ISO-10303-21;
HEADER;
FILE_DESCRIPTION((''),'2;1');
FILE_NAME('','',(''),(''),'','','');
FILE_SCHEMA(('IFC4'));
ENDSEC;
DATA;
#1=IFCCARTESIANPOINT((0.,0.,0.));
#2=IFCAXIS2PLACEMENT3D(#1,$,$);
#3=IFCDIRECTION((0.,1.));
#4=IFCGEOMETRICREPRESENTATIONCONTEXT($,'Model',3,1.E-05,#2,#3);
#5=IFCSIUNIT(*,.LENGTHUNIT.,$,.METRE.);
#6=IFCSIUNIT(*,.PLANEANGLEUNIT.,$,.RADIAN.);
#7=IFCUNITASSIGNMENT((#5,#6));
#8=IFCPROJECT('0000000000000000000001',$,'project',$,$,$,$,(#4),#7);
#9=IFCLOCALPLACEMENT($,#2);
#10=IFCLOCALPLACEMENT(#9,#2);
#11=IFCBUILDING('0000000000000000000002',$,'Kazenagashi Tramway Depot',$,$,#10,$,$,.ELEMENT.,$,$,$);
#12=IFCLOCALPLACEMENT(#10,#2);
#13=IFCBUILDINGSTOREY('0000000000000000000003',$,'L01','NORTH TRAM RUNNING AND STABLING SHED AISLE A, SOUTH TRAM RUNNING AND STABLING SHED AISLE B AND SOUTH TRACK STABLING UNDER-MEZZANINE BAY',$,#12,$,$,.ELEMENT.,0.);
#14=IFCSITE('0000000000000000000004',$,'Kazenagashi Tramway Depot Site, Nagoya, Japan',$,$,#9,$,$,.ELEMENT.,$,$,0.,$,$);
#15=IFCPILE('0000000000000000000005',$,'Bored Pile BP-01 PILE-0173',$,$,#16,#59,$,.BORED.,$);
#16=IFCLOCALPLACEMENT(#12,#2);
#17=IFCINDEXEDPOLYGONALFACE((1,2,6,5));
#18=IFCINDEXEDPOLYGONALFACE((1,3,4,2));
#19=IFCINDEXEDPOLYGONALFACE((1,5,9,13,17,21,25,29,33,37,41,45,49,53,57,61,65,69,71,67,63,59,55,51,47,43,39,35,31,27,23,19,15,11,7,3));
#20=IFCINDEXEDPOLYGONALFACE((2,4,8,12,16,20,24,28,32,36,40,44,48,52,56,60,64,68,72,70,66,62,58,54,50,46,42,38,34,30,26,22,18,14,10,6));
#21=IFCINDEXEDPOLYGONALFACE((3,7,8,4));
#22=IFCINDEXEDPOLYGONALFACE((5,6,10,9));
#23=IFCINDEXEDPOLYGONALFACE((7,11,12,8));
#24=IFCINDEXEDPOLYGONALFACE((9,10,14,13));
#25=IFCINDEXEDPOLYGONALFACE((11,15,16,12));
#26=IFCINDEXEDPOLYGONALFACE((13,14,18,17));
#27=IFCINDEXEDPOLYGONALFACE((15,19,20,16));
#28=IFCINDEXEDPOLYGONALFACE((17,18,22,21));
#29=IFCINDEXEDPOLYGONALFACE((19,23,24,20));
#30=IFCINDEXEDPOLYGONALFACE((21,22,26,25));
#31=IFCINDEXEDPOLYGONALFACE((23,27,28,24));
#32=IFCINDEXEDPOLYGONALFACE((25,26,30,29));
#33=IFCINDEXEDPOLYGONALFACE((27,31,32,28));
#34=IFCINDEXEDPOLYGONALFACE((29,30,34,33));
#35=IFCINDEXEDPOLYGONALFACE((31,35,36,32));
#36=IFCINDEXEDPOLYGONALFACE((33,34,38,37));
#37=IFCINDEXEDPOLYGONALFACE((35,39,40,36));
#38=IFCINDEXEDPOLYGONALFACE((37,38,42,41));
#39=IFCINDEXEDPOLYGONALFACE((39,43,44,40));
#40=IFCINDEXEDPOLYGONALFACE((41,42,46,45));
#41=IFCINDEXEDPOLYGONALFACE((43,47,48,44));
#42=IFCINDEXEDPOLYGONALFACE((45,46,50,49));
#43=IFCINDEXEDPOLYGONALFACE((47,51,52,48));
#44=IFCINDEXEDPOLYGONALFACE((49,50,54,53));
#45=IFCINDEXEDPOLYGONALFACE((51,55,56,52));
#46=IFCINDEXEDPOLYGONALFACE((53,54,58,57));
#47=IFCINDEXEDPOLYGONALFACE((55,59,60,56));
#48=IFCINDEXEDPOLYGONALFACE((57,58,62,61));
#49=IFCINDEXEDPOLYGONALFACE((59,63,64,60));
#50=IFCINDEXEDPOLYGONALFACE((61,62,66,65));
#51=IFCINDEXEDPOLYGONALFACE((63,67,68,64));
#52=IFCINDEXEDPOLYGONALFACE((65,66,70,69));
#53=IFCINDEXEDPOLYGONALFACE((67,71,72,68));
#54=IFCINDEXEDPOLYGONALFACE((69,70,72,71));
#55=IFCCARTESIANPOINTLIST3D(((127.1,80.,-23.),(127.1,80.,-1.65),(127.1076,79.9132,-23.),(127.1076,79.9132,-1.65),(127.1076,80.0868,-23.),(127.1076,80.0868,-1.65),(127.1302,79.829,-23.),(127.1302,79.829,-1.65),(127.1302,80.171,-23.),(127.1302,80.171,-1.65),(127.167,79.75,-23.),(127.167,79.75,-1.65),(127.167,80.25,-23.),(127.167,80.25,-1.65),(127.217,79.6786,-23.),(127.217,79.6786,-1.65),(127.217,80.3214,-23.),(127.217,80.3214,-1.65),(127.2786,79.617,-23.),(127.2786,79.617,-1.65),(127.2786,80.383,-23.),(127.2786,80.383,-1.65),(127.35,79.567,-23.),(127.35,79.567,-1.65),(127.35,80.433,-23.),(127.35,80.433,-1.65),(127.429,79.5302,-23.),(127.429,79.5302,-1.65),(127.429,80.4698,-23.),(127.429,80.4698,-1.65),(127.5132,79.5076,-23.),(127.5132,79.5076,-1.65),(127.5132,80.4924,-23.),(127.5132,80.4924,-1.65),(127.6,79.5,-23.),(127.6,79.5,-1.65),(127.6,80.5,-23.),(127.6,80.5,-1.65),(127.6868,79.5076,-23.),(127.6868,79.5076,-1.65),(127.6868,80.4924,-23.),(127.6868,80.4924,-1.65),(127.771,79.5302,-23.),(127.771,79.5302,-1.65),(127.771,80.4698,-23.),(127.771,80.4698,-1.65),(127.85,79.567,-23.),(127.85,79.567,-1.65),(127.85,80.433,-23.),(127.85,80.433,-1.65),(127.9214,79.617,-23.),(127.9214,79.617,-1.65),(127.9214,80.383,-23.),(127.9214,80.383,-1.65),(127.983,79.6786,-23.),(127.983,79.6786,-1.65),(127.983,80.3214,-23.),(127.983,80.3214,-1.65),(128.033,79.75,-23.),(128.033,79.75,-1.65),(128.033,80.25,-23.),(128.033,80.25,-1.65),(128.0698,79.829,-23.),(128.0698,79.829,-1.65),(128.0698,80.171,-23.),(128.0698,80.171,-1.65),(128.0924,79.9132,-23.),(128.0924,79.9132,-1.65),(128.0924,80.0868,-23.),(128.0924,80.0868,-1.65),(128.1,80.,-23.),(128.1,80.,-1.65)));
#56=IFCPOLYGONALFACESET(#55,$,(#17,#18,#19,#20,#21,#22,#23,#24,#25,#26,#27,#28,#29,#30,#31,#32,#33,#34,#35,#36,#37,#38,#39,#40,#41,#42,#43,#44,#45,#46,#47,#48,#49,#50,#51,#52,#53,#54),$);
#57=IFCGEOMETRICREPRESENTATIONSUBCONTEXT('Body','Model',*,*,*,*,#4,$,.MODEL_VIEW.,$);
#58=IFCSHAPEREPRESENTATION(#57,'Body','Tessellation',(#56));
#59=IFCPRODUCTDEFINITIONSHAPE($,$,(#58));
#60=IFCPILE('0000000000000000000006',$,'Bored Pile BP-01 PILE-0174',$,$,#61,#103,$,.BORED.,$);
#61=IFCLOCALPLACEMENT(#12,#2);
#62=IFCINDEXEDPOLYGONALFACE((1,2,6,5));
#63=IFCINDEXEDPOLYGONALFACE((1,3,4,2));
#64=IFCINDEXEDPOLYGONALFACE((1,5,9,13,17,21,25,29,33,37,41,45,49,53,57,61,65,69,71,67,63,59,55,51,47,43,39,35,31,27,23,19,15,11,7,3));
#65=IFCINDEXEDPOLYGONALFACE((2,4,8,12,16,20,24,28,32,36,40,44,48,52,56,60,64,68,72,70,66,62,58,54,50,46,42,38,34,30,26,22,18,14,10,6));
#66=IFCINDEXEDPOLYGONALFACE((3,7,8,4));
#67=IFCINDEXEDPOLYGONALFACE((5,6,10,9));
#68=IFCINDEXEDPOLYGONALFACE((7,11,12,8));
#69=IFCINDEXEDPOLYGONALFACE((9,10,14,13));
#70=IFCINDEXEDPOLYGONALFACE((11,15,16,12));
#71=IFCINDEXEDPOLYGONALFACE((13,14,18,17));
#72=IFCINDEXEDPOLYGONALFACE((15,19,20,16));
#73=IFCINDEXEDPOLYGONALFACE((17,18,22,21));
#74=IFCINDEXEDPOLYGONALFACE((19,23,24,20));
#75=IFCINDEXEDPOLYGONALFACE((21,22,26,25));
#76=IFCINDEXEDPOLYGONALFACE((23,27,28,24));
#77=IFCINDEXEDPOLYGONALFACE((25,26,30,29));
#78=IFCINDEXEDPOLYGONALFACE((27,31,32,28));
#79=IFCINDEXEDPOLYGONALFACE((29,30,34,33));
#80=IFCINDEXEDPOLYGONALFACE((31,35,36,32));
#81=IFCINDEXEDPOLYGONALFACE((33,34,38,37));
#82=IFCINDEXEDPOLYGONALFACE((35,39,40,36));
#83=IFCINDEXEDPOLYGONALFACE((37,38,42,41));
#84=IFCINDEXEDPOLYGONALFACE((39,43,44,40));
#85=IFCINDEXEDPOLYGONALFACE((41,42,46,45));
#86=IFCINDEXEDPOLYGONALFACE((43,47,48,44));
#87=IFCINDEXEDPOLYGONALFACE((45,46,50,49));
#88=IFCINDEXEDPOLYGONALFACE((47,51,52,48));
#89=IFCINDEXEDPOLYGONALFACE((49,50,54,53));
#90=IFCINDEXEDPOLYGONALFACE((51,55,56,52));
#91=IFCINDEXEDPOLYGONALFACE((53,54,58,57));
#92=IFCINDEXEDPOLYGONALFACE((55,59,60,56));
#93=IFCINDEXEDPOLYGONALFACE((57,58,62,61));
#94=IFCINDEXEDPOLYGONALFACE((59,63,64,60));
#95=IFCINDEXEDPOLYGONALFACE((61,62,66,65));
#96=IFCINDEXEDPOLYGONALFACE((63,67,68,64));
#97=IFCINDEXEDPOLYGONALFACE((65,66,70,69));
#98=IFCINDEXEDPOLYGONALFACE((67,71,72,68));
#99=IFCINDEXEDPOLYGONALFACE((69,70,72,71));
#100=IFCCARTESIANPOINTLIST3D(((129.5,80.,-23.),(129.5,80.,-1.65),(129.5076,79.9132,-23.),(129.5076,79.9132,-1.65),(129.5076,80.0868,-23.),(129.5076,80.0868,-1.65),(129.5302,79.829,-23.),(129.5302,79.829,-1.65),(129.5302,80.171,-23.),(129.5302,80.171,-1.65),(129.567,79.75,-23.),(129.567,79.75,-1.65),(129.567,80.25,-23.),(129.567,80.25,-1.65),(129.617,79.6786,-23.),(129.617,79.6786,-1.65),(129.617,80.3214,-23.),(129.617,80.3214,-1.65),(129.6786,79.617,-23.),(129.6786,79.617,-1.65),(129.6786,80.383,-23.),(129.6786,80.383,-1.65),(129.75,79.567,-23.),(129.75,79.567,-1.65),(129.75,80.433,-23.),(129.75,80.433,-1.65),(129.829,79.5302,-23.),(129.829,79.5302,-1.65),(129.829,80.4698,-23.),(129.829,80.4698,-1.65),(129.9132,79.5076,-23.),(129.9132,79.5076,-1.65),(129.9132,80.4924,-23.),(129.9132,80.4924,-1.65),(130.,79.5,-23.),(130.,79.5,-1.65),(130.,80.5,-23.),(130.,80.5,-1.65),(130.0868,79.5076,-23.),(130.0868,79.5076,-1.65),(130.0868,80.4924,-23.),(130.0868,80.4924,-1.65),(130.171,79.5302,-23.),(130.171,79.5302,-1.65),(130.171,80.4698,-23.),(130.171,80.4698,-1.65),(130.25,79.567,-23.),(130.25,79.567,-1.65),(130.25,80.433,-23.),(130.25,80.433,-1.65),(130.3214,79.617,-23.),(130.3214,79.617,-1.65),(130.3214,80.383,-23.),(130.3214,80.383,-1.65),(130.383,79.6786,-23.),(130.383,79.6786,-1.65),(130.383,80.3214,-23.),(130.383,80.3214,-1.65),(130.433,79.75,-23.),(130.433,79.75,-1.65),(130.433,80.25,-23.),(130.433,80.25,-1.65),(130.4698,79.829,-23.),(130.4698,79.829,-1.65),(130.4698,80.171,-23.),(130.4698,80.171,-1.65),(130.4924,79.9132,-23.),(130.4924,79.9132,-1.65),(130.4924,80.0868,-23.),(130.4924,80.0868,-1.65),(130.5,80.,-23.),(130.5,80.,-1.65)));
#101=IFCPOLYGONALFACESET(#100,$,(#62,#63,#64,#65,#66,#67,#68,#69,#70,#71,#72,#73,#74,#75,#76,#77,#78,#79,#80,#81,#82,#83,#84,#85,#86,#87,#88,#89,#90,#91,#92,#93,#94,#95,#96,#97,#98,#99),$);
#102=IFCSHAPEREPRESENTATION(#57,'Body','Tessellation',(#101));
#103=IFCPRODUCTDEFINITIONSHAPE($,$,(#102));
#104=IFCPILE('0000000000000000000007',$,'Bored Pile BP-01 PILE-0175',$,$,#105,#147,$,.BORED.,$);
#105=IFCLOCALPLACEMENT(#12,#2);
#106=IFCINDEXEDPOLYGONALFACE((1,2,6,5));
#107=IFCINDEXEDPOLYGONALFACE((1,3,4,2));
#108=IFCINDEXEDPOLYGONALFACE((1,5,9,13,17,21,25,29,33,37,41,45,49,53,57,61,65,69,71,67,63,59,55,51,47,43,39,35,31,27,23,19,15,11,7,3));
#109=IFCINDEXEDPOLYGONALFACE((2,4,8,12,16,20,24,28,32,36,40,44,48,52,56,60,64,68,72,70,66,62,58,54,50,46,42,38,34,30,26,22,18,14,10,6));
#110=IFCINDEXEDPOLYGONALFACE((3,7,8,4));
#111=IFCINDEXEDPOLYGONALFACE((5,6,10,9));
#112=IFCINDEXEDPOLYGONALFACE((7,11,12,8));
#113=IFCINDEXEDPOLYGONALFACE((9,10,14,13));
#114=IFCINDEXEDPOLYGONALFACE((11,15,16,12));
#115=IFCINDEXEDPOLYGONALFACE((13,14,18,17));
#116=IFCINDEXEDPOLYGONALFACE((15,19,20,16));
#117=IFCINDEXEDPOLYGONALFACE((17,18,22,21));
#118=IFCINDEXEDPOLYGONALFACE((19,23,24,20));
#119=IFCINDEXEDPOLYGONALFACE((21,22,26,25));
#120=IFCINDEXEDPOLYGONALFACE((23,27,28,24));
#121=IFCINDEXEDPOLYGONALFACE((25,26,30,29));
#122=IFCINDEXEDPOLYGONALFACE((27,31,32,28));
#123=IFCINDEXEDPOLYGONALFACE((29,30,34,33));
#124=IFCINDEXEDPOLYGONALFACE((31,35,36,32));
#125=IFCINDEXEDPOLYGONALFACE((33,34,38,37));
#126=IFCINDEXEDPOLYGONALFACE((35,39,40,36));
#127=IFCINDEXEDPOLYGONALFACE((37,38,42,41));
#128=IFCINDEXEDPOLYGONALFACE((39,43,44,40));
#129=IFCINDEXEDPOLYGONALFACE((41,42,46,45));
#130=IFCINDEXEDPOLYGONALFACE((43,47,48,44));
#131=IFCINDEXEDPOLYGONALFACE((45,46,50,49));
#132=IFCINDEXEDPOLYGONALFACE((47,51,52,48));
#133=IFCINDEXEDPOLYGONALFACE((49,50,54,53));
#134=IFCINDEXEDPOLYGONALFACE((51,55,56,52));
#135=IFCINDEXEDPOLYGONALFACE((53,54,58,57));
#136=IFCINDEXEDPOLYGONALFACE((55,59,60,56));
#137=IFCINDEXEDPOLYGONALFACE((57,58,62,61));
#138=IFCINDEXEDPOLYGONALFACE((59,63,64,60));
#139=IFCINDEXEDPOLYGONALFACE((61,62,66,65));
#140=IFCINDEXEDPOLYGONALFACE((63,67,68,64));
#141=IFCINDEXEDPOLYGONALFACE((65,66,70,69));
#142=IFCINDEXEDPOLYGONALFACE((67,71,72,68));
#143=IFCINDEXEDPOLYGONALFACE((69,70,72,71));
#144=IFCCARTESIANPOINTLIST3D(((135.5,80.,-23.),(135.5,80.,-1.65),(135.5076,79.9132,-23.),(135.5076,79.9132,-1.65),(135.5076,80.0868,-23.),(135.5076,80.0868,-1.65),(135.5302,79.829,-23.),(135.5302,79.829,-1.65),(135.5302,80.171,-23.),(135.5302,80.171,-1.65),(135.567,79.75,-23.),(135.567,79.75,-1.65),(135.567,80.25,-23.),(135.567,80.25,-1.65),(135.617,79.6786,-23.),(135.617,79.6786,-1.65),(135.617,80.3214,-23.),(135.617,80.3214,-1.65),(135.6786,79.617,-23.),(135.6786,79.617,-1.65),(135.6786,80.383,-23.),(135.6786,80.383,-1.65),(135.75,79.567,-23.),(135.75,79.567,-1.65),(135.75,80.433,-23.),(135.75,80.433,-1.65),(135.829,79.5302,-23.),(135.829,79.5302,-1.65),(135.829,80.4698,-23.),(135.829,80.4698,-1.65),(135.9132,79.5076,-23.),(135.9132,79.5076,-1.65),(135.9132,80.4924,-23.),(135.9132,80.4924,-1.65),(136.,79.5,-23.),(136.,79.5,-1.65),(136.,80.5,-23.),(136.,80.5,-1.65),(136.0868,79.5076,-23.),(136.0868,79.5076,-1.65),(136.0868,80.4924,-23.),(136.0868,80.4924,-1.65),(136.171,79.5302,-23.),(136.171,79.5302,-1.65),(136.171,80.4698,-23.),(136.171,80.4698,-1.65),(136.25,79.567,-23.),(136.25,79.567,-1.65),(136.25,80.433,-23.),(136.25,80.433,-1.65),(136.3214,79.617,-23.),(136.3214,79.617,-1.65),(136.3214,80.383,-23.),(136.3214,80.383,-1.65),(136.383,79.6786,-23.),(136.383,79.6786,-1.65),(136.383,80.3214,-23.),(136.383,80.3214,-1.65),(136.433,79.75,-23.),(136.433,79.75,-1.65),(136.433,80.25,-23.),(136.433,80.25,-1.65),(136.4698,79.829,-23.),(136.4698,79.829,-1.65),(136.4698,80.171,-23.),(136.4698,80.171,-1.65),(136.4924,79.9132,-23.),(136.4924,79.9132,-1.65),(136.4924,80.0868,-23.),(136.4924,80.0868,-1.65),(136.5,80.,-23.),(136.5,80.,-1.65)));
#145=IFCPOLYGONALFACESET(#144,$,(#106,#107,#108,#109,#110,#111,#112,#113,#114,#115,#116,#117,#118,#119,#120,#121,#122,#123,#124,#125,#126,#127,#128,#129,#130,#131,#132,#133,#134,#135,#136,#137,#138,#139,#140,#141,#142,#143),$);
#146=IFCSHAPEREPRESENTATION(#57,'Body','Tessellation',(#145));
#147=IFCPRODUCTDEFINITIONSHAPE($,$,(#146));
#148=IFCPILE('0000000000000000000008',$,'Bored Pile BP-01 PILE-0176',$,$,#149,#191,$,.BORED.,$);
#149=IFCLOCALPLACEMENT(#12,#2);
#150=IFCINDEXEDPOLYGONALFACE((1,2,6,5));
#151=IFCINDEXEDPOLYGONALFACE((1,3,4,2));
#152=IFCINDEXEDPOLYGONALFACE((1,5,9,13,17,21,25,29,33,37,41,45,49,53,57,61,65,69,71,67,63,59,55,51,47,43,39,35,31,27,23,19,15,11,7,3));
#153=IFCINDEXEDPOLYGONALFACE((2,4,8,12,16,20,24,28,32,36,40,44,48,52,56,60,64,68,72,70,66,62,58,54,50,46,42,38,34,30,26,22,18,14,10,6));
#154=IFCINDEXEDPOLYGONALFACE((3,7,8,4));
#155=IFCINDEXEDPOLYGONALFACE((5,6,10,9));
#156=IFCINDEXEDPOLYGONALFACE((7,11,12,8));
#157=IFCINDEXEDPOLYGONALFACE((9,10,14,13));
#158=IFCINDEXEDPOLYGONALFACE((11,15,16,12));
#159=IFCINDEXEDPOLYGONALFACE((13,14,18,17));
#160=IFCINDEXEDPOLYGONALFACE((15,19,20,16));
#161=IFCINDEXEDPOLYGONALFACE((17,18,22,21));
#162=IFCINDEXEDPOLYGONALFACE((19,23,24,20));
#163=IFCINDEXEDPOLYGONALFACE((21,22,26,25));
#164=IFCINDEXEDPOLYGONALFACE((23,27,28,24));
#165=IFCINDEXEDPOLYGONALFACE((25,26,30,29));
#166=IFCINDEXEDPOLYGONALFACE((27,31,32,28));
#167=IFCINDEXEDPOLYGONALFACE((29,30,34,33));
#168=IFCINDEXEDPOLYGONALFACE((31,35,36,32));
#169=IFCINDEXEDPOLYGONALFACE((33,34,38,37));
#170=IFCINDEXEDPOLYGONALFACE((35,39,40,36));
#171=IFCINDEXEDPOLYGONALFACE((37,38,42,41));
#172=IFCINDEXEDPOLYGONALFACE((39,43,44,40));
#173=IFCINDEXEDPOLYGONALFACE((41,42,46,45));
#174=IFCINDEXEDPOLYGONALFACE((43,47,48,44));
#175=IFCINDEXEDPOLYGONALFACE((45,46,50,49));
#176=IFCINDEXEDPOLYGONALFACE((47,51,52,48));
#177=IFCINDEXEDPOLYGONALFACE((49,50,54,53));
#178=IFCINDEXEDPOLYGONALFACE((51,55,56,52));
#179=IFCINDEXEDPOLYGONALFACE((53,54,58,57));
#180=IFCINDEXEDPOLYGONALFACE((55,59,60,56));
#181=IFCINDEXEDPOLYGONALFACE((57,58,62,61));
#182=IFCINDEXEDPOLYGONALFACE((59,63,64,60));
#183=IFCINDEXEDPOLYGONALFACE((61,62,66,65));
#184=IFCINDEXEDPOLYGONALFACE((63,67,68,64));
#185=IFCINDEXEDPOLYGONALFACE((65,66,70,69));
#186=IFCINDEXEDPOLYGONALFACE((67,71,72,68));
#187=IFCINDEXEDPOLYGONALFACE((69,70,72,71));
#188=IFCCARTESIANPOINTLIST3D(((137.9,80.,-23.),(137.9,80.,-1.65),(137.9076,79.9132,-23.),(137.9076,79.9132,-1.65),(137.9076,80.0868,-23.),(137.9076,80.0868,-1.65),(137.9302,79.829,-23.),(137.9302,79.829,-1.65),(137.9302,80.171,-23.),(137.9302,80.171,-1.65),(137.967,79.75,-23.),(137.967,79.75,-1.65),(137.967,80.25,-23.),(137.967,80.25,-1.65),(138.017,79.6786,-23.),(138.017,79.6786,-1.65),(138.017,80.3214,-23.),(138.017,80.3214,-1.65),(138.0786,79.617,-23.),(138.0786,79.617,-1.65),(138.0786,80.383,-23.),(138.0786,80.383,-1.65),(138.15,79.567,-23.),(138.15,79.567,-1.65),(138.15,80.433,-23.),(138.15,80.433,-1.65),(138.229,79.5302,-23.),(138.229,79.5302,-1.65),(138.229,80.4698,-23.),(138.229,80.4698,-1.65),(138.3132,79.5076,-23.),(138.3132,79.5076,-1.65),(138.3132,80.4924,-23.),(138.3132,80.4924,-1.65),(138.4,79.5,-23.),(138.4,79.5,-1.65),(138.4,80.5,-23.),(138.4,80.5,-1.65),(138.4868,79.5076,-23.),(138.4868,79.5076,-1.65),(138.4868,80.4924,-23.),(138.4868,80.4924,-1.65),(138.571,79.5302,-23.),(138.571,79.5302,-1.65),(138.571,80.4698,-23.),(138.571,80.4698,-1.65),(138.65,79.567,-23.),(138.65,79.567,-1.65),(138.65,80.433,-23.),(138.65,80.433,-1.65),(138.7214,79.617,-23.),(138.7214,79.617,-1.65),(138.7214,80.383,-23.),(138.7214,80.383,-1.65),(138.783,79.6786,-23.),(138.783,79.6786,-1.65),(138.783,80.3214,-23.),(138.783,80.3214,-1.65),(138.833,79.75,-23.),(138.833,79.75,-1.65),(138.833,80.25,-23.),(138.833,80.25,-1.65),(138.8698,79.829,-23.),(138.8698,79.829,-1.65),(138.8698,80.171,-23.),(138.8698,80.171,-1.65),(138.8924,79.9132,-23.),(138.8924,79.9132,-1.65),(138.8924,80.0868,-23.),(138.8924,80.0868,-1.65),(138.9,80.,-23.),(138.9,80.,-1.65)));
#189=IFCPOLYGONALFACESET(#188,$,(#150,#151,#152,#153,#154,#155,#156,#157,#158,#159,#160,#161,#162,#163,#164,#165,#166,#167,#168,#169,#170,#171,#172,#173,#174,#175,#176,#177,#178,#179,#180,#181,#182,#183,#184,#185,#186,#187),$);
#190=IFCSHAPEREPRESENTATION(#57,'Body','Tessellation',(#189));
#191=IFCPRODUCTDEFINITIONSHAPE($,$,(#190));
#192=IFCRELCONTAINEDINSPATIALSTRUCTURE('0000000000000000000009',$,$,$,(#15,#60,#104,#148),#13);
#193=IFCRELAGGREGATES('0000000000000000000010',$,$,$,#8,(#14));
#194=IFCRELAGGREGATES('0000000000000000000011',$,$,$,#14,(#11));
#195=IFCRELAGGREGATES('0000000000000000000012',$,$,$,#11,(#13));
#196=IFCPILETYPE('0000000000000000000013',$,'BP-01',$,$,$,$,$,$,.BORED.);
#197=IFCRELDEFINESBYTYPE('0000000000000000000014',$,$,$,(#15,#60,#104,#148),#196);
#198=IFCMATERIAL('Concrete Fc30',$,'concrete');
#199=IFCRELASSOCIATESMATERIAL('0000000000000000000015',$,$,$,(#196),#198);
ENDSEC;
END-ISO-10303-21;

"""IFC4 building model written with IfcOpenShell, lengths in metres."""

from ifc_helpers import new_model, si_unit, direction, frame, origin, origin_2d, place, context, subcontext, project, spatial, circle, extrude, material, material_profile, profile_set, type_object, element, save


model = new_model("IFC4")

# Units and contexts
model_context = context("Model", 3, precision=1e-05, world=origin(), true_north=direction((0.0, 1.0)))
body_context = subcontext(model_context, "Body", "Model", "MODEL_VIEW")
ifc_project = project(units=[si_unit("LENGTHUNIT", "METRE"), si_unit("PLANEANGLEUNIT", "RADIAN")], contexts=[model_context])

# Site, building, storey
site_placement = place(None, origin())
site = spatial("IfcSite", under=ifc_project, at=site_placement, Name="Kazenagashi Tramway Depot Site, Nagoya, Japan", CompositionType="ELEMENT", RefElevation=0.0)
building_placement = place(site_placement, origin())
building = spatial("IfcBuilding", under=site, at=building_placement, Name="Kazenagashi Tramway Depot", CompositionType="ELEMENT")
storey_placement = place(building_placement, origin())
storey = spatial("IfcBuildingStorey", under=building, at=storey_placement, Name="L01", Description="NORTH TRAM RUNNING AND STABLING SHED AISLE A, SOUTH TRAM RUNNING AND STABLING SHED AISLE B AND SOUTH TRACK STABLING UNDER-MEZZANINE BAY", CompositionType="ELEMENT", Elevation=0.0)

# Piles
ifc_material_1 = material(Name="Concrete Fc30", Category="concrete")
ifc_material_profile_1 = material_profile(ifc_material_1, circle(Radius=0.5, at=origin_2d()), Name="PILE-1000")
ifc_profile_set_1 = profile_set([ifc_material_profile_1], Name="Concrete Fc30")
pile_type_1 = type_object("IfcPileType", Name="BP-01", PredefinedType="BORED", material=ifc_profile_set_1)
for number, where, z_axis, x_axis, name in (
    (1, (127.6, 80.0, -1.65), (0.0, 0.0, -1.0), (1.0, 0.0, 0.0), "Bored Pile BP-01 PILE-0173"),
    (2, (130.0, 80.0, -1.65), (0.0, 0.0, -1.0), (1.0, 0.0, 0.0), "Bored Pile BP-01 PILE-0174"),
    (3, (136.0, 80.0, -1.65), (0.0, 0.0, -1.0), (1.0, 0.0, 0.0), "Bored Pile BP-01 PILE-0175"),
    (4, (138.4, 80.0, -1.65), (0.0, 0.0, -1.0), (1.0, 0.0, 0.0), "Bored Pile BP-01 PILE-0176"),
):
    element("IfcPile", number, at=place(storey_placement, frame(where, z_axis=z_axis, x_axis=x_axis)), inside=storey, type_object=pile_type_1, Name=name, PredefinedType="BORED", context=body_context, shape_type="SweptSolid", body=[
        extrude(circle(Radius=0.5, at=origin_2d()), origin(), (0.0, 0.0, 1.0), 21.35),
    ])

save(model, "model.ifc")
